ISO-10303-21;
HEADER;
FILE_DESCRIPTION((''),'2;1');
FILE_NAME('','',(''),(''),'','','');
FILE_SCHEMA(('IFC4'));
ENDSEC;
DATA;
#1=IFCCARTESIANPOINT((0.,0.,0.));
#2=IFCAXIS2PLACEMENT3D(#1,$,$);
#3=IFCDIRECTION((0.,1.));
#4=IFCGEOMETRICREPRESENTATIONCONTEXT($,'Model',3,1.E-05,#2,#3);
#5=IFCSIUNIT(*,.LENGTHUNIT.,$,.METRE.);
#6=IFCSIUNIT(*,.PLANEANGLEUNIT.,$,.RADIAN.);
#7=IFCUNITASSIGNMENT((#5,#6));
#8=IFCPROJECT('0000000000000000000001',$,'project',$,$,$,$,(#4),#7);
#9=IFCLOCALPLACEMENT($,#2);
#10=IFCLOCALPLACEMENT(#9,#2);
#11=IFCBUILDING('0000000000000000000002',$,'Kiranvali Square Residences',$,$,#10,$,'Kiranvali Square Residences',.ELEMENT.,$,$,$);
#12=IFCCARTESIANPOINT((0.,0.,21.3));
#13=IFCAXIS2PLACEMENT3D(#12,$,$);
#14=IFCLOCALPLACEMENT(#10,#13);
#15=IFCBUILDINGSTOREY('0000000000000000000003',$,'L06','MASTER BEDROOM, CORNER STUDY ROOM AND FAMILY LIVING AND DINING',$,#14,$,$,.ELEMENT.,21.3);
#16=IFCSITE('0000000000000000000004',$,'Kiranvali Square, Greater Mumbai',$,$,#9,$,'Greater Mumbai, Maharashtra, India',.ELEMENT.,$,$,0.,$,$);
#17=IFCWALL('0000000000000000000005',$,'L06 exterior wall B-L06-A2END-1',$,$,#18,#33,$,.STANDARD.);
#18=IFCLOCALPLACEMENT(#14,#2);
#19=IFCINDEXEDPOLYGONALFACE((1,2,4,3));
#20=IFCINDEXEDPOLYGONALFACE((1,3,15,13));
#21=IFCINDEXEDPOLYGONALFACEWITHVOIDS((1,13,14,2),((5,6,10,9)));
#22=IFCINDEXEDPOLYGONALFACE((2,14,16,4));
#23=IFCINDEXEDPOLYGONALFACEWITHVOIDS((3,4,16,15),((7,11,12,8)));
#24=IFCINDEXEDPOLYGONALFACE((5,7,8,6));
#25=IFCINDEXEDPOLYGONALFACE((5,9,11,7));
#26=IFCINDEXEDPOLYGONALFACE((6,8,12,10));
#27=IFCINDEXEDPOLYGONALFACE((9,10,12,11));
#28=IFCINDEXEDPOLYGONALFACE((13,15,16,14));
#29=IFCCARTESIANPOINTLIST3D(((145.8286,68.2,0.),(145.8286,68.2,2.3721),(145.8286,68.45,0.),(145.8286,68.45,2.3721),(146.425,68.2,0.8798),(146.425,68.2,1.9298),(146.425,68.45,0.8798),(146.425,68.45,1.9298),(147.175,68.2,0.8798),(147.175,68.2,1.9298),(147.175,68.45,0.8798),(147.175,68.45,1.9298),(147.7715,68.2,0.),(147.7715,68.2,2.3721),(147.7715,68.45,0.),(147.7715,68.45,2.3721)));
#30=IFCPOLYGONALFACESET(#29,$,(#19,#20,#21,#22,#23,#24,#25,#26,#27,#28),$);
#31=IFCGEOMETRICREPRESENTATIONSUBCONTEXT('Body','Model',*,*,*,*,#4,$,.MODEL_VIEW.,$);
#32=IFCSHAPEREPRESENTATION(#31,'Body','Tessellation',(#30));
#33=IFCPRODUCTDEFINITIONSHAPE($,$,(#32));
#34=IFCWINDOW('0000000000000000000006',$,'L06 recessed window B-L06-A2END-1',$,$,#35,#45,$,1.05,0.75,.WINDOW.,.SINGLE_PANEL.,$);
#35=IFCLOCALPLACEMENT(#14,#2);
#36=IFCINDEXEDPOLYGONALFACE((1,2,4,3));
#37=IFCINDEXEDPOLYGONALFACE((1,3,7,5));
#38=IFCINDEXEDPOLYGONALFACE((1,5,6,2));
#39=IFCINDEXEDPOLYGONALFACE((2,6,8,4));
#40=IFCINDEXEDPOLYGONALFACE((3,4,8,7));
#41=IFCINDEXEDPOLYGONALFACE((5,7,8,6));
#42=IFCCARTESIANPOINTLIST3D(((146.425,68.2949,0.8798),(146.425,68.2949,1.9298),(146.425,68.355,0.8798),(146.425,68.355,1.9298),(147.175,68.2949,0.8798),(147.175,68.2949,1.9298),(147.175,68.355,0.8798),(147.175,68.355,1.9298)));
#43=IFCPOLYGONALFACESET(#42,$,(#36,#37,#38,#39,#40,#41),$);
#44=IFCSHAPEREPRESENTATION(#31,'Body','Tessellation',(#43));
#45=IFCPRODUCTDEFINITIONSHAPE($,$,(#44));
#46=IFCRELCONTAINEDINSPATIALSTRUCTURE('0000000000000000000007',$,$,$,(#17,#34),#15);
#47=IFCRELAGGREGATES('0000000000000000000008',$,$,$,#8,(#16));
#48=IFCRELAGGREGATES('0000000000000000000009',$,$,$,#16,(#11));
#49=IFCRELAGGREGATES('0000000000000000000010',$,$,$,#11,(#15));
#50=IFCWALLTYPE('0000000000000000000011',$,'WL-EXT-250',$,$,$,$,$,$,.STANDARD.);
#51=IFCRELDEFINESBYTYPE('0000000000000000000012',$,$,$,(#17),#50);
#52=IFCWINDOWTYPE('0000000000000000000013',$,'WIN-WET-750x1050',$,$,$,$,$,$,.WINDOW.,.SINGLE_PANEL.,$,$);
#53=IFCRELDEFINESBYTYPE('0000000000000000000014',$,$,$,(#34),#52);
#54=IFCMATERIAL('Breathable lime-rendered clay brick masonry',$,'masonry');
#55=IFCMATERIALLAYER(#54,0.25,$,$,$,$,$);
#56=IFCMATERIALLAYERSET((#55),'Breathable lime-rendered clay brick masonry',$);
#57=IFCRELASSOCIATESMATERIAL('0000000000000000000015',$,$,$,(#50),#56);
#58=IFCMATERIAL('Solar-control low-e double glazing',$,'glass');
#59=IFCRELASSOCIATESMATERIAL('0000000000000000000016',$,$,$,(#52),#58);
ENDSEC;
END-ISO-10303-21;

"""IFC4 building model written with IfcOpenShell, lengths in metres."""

from ifc_helpers import new_model, si_unit, direction, frame, frame_2d, origin, place, context, subcontext, project, spatial, rectangle, extrude, material, layer, layer_set, type_object, element, fill, save


model = new_model("IFC4")

# Units and contexts
model_context = context("Model", 3, precision=1e-05, world=origin(), true_north=direction((0.0, 1.0)))
body_context = subcontext(model_context, "Body", "Model", "MODEL_VIEW")
ifc_project = project(units=[si_unit("LENGTHUNIT", "METRE"), si_unit("PLANEANGLEUNIT", "RADIAN")], contexts=[model_context])

# Site, building, storey
site_placement = place(None, origin())
site = spatial("IfcSite", under=ifc_project, at=site_placement, Name="Kiranvali Square, Greater Mumbai", LongName="Greater Mumbai, Maharashtra, India", CompositionType="ELEMENT", RefElevation=0.0)
building_placement = place(site_placement, origin())
building = spatial("IfcBuilding", under=site, at=building_placement, Name="Kiranvali Square Residences", LongName="Kiranvali Square Residences", CompositionType="ELEMENT")
storey_placement = place(building_placement, frame((0.0, 0.0, 21.3)))
storey = spatial("IfcBuildingStorey", under=building, at=storey_placement, Name="L06", Description="MASTER BEDROOM, CORNER STUDY ROOM AND FAMILY LIVING AND DINING", CompositionType="ELEMENT", Elevation=21.3)

# Wall, opening, window
ifc_material_1 = material(Name="Breathable lime-rendered clay brick masonry", Category="masonry")
ifc_layer_1 = layer(ifc_material_1, 0.25)
ifc_layer_set_1 = layer_set([ifc_layer_1], Name="Breathable lime-rendered clay brick masonry")
wall_type_1 = type_object("IfcWallType", Name="WL-EXT-250", PredefinedType="STANDARD", material=ifc_layer_set_1)
wall_1_placement = place(storey_placement, frame((145.8286, 68.325, 0.0), z_axis=(0.0, 0.0, 1.0), x_axis=(1.0, 0.0, 0.0)))
wall_1 = element("IfcWall", 1, at=wall_1_placement, inside=storey, type_object=wall_type_1, Name="L06 exterior wall B-L06-A2END-1", PredefinedType="STANDARD", context=body_context, shape_type="SweptSolid", body=[
    extrude(rectangle(XDim=1.9429, YDim=0.25, at=frame_2d((0.9714, 0.0))), origin(), (0.0, 0.0, 1.0), 2.3721),
])
opening_1_placement = place(wall_1_placement, frame((0.5964, 0.0, 0.8799)))
opening_1 = element("IfcOpeningElement", 2, at=opening_1_placement, cuts=wall_1, PredefinedType="OPENING", context=body_context, shape_type="SweptSolid", body=[
    extrude(rectangle(XDim=0.75, YDim=1.05, at=frame_2d((0.375, 0.5249))), frame((0.0, 0.135, 0.0), z_axis=(0.0, -1.0, 0.0), x_axis=(1.0, 0.0, 0.0)), (0.0, 0.0, 1.0), 0.27),
])
ifc_material_2 = material(Name="Solar-control low-e double glazing", Category="glass")
window_type = type_object("IfcWindowType", Name="WIN-WET-750x1050", PartitioningType="SINGLE_PANEL", PredefinedType="WINDOW", material=ifc_material_2)
window_placement = place(opening_1_placement, origin())
window = element("IfcWindow", 3, at=window_placement, inside=storey, type_object=window_type, Name="L06 recessed window B-L06-A2END-1", OverallHeight=1.05, OverallWidth=0.75, PartitioningType="SINGLE_PANEL", PredefinedType="WINDOW", context=body_context, shape_type="SweptSolid", body=[
    extrude(rectangle(XDim=0.75, YDim=1.05, at=frame_2d((0.375, 0.5249))), frame((0.0, 0.03, 0.0), z_axis=(0.0, -1.0, 0.0), x_axis=(1.0, 0.0, 0.0)), (0.0, 0.0, 1.0), 0.0601),
])
fill(opening_1, window)

save(model, "model.ifc")
